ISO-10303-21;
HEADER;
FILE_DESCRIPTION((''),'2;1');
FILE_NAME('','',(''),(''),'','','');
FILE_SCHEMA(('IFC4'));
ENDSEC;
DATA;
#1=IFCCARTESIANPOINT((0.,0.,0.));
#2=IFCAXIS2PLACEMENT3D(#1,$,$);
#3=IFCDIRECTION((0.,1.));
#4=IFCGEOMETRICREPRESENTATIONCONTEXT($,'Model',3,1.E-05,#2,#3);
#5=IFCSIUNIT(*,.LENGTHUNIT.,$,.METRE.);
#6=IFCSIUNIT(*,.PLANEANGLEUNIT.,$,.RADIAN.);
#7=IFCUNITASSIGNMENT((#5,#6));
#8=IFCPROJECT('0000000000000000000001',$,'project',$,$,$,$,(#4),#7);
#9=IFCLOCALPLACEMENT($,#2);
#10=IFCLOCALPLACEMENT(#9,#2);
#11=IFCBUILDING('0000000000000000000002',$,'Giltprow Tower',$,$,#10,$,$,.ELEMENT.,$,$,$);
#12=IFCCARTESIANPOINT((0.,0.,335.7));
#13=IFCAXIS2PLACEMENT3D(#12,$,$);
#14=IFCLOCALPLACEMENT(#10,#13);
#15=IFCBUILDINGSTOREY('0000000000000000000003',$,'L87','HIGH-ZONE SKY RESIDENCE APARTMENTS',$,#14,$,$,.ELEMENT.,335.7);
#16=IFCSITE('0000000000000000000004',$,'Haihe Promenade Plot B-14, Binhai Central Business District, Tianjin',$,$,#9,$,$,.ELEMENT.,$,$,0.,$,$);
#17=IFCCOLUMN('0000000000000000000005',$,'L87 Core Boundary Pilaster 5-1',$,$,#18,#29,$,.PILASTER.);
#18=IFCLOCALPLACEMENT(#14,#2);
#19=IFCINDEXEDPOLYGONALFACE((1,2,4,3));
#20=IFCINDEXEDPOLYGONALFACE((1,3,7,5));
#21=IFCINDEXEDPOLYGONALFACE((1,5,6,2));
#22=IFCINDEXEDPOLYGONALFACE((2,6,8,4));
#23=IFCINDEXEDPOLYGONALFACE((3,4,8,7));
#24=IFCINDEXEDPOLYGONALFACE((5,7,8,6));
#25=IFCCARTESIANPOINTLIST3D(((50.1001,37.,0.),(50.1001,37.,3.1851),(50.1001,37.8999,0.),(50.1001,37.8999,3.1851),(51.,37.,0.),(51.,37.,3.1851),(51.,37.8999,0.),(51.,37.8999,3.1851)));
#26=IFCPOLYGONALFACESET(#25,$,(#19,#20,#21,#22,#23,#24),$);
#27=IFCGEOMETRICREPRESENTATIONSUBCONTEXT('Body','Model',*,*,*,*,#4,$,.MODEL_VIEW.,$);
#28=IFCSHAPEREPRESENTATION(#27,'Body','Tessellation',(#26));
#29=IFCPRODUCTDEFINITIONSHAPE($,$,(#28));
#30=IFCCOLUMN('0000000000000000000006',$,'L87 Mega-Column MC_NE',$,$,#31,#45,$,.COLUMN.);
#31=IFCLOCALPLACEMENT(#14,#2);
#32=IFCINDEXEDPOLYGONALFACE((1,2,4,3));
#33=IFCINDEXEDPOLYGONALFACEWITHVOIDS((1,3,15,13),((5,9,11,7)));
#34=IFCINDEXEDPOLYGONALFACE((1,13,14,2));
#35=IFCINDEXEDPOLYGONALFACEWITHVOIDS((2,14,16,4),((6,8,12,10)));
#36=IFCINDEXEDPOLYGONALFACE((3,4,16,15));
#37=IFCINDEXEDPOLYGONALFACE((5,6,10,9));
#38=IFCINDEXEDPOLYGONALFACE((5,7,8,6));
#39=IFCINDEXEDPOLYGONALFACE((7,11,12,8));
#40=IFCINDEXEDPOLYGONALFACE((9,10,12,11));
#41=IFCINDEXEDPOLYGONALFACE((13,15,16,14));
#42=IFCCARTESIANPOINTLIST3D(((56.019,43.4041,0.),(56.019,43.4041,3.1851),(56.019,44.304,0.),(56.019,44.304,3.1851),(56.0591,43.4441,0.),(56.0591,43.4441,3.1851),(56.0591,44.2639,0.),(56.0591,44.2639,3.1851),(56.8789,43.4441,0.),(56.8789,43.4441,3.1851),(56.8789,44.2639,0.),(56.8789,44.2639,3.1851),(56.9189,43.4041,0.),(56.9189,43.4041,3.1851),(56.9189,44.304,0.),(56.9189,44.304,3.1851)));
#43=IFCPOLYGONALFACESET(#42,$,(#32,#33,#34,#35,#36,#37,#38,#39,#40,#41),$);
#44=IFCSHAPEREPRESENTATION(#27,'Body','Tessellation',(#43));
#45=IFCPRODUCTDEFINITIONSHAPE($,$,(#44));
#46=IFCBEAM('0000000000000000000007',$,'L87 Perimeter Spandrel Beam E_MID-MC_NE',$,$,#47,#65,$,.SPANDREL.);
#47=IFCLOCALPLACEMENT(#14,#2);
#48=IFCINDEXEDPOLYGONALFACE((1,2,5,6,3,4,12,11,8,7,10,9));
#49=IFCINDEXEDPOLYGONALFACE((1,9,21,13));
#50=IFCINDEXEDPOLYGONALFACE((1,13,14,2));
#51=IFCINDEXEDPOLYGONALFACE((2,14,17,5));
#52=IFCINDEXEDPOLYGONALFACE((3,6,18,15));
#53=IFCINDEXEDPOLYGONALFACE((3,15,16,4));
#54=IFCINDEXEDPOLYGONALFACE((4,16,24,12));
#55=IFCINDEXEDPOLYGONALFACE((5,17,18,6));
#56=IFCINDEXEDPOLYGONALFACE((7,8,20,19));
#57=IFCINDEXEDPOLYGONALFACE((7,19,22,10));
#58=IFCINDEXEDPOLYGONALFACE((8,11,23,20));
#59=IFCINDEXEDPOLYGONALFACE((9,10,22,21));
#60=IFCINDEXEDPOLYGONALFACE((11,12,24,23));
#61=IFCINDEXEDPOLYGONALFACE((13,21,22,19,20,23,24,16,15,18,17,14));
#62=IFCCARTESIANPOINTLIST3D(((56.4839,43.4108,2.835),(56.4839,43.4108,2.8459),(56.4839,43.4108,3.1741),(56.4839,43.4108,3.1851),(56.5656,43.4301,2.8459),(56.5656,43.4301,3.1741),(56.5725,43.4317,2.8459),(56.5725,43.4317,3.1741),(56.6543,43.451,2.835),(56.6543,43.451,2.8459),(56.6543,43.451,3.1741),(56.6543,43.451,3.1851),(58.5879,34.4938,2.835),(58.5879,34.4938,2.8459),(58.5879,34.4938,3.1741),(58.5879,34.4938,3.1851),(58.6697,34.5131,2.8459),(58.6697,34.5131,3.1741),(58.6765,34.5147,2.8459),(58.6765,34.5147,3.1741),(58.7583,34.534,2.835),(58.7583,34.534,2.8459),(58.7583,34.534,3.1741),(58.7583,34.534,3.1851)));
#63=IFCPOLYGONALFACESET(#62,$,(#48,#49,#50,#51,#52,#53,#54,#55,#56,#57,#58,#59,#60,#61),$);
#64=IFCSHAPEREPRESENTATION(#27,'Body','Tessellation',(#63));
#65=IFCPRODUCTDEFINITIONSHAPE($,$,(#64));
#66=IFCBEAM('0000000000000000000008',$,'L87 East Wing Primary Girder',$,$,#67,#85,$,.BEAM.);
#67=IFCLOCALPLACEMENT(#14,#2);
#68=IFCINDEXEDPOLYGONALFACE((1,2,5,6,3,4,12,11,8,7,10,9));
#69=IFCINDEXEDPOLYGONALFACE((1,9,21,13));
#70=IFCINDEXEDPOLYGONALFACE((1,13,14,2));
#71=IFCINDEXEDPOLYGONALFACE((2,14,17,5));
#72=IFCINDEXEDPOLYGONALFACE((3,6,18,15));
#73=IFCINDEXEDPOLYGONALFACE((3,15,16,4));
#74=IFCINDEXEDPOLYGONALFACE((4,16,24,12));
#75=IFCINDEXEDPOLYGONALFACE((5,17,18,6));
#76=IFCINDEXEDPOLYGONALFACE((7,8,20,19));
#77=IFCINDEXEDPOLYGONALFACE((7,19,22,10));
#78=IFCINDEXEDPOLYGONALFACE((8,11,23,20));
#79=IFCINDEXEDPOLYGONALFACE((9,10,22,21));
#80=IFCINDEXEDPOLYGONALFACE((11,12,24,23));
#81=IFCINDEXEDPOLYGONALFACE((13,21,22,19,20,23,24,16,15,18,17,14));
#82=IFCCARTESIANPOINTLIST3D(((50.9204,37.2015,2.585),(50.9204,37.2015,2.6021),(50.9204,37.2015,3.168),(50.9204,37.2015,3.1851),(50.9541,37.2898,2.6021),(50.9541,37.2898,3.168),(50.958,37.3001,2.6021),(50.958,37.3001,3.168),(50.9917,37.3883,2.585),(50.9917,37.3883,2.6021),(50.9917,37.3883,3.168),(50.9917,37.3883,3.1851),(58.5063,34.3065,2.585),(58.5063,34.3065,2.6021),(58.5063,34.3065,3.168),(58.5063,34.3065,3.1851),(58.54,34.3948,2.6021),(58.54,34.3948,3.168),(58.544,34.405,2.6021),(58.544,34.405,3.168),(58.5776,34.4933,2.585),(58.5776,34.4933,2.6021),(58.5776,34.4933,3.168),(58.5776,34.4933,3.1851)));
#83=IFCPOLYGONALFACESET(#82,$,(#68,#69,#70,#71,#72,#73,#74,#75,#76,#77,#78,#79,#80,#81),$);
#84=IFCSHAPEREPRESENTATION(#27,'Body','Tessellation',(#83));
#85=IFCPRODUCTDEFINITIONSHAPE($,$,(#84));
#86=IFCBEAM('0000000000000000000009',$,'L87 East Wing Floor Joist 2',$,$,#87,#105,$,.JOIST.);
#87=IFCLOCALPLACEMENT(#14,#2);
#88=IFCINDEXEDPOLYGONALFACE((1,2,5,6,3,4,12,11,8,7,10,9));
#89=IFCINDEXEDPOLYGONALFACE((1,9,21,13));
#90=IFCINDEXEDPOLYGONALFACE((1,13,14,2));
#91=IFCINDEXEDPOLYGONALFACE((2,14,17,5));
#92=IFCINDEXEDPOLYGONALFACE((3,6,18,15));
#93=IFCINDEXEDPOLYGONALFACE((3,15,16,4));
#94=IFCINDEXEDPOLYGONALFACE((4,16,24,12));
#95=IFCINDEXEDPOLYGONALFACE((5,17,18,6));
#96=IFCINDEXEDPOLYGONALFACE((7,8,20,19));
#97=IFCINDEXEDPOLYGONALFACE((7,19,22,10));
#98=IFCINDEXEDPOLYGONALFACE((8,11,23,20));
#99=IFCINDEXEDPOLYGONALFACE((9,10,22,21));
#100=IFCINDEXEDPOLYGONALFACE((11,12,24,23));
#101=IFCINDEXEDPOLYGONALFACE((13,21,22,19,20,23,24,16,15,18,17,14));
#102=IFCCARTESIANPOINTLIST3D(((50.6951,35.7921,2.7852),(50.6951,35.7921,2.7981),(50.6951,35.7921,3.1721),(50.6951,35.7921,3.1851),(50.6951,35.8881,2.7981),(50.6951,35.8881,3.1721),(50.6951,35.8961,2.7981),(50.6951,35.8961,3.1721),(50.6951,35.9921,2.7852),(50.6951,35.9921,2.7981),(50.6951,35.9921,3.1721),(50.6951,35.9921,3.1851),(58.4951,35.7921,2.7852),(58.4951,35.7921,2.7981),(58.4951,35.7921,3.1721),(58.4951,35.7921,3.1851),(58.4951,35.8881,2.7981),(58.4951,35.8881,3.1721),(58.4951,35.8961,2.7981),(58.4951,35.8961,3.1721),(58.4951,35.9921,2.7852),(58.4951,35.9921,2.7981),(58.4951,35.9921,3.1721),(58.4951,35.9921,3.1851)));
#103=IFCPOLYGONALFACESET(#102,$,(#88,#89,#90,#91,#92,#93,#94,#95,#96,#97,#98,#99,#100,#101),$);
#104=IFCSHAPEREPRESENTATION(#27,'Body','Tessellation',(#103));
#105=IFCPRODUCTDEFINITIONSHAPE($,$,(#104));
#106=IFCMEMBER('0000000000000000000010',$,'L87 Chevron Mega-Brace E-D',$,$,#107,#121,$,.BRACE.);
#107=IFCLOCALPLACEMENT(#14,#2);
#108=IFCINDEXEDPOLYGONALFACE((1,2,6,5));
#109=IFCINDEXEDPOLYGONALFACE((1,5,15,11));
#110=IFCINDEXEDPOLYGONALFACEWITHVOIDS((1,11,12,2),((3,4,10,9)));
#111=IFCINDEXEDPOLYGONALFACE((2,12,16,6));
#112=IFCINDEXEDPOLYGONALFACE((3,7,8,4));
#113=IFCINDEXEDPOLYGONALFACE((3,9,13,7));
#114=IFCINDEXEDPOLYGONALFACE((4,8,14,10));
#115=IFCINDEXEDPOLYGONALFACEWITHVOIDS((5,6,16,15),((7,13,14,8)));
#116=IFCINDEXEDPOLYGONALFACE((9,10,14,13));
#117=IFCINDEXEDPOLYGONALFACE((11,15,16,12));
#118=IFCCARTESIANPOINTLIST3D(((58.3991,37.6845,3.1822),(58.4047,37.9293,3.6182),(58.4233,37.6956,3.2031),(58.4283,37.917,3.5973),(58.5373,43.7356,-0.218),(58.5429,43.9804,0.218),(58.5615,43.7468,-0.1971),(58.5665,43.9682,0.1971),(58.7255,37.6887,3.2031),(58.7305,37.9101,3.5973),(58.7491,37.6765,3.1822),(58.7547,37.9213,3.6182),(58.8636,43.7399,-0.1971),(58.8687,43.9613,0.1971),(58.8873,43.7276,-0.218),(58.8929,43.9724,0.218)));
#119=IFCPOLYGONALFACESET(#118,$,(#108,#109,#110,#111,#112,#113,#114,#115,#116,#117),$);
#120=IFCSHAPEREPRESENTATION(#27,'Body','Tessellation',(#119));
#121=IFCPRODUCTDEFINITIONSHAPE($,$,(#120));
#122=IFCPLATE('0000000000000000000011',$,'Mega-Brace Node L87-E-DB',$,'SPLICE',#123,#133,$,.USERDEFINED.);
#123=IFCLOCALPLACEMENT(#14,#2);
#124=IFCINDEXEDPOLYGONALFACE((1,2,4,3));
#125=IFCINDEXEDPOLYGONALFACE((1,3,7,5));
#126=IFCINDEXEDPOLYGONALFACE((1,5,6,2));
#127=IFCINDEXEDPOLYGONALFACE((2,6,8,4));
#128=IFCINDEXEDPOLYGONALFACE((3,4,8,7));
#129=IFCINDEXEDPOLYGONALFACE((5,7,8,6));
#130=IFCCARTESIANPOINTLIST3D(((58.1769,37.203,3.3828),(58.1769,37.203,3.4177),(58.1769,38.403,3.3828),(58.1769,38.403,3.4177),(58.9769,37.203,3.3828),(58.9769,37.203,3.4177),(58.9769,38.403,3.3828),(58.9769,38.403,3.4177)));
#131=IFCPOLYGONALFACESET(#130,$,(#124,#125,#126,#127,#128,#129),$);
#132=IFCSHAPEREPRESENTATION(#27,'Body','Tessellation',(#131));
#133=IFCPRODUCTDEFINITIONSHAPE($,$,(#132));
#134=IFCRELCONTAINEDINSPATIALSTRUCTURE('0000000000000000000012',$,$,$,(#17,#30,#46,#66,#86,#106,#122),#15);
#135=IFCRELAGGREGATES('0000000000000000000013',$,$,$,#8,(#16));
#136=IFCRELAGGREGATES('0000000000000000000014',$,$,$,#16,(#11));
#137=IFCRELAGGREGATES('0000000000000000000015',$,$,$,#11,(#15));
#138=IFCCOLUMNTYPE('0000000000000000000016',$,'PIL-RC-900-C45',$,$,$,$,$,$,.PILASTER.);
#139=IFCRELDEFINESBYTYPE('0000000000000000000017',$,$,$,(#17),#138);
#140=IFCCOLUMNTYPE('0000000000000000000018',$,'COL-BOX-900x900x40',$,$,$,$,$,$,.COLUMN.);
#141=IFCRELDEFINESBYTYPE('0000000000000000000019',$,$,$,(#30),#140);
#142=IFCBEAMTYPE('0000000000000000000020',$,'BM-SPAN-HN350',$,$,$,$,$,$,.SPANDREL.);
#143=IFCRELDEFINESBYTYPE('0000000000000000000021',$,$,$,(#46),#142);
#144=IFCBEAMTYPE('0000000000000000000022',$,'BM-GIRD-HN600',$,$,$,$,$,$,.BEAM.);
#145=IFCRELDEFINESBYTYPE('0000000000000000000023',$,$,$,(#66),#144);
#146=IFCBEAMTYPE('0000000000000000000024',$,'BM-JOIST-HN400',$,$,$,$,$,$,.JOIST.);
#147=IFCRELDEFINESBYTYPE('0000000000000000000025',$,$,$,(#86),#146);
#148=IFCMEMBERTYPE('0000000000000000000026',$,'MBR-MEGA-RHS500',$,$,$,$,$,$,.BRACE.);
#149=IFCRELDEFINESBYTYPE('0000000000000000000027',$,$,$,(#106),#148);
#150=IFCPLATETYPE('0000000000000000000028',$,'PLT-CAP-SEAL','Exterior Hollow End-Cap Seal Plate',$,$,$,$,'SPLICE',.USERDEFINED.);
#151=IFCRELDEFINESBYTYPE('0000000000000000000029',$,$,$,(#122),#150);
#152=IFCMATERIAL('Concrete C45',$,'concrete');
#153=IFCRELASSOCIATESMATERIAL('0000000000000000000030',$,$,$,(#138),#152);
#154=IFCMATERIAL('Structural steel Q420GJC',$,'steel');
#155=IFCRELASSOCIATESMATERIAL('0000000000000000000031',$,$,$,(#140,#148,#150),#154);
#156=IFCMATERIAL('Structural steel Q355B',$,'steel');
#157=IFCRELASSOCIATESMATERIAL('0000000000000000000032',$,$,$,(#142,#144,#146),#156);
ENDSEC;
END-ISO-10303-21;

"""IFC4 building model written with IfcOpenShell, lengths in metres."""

from ifc_helpers import new_model, si_unit, direction, frame, origin, origin_2d, place, context, subcontext, project, spatial, rectangle, hollow_rectangle, i_section, extrude, source, transform, mapped, material, material_profile, profile_set, type_object, element, save


model = new_model("IFC4")

# Units and contexts
model_context = context("Model", 3, precision=1e-05, world=origin(), true_north=direction((0.0, 1.0)))
body_context = subcontext(model_context, "Body", "Model", "MODEL_VIEW")
ifc_project = project(units=[si_unit("LENGTHUNIT", "METRE"), si_unit("PLANEANGLEUNIT", "RADIAN")], contexts=[model_context])

# Site, building, storey
site_placement = place(None, origin())
site = spatial("IfcSite", under=ifc_project, at=site_placement, Name="Haihe Promenade Plot B-14, Binhai Central Business District, Tianjin", CompositionType="ELEMENT", RefElevation=0.0)
building_placement = place(site_placement, origin())
building = spatial("IfcBuilding", under=site, at=building_placement, Name="Giltprow Tower", CompositionType="ELEMENT")
storey_placement = place(building_placement, frame((0.0, 0.0, 335.7)))
storey = spatial("IfcBuildingStorey", under=building, at=storey_placement, Name="L87", Description="HIGH-ZONE SKY RESIDENCE APARTMENTS", CompositionType="ELEMENT", Elevation=335.7)

# Columns
ifc_material_1 = material(Name="Concrete C45", Category="concrete")
ifc_material_profile_1 = material_profile(ifc_material_1, rectangle(XDim=0.8999, YDim=0.8999, at=origin_2d()), Name="RC 900x900")
ifc_profile_set_1 = profile_set([ifc_material_profile_1], Name="Concrete C45")
column_type_1 = type_object("IfcColumnType", Name="PIL-RC-900-C45", PredefinedType="PILASTER", material=ifc_profile_set_1)
shared_shape_1 = source(origin(), body_context, "Body", "SweptSolid", [
    extrude(rectangle(XDim=0.8999, YDim=0.8999, at=origin_2d()), origin(), (0.0, 0.0, 1.0), 3.1851),
])
column_1_placement = place(storey_placement, frame((50.55, 37.45, 0.0), z_axis=(0.0, 0.0, 1.0), x_axis=(1.0, 0.0, 0.0)))
element("IfcColumn", 1, at=column_1_placement, inside=storey, type_object=column_type_1, Name="L87 Core Boundary Pilaster 5-1", PredefinedType="PILASTER", context=body_context, shape_type="MappedRepresentation", body=[
    mapped(shared_shape_1, transform((0.0, 0.0, 0.0), x_axis=(1.0, 0.0, 0.0), y_axis=(0.0, 1.0, 0.0), z_axis=(0.0, 0.0, 1.0), scale=1.0)),
])
ifc_material_2 = material(Name="Structural steel Q420GJC", Category="steel")
ifc_material_profile_2 = material_profile(ifc_material_2, hollow_rectangle(XDim=0.8999, YDim=0.8999, WallThickness=0.04, at=origin_2d()), Name="BOX 900x900x40")
ifc_profile_set_2 = profile_set([ifc_material_profile_2], Name="Structural steel Q420GJC")
column_type_2 = type_object("IfcColumnType", Name="COL-BOX-900x900x40", PredefinedType="COLUMN", material=ifc_profile_set_2)
shared_shape_2 = source(origin(), body_context, "Body", "SweptSolid", [
    extrude(hollow_rectangle(XDim=0.8999, YDim=0.8999, WallThickness=0.04, at=origin_2d()), origin(), (0.0, 0.0, 1.0), 3.1851),
])
column_2_placement = place(storey_placement, frame((56.469, 43.854, 0.0), z_axis=(0.0, 0.0, 1.0), x_axis=(1.0, 0.0, 0.0)))
element("IfcColumn", 2, at=column_2_placement, inside=storey, type_object=column_type_2, Name="L87 Mega-Column MC_NE", PredefinedType="COLUMN", context=body_context, shape_type="MappedRepresentation", body=[
    mapped(shared_shape_2, transform((0.0, 0.0, 0.0), x_axis=(1.0, 0.0, 0.0), y_axis=(0.0, 1.0, 0.0), z_axis=(0.0, 0.0, 1.0), scale=1.0)),
])

# Beams
ifc_material_3 = material(Name="Structural steel Q355B", Category="steel")
ifc_material_profile_3 = material_profile(ifc_material_3, i_section(OverallWidth=0.175, OverallDepth=0.3501, WebThickness=0.0071, FlangeThickness=0.011, at=origin_2d()), Name="HN 350x175x7x11")
ifc_profile_set_3 = profile_set([ifc_material_profile_3], Name="Structural steel Q355B")
beam_type_1 = type_object("IfcBeamType", Name="BM-SPAN-HN350", PredefinedType="SPANDREL", material=ifc_profile_set_3)
shared_shape_3 = source(origin(), body_context, "Body", "SweptSolid", [
    extrude(i_section(OverallWidth=0.175, OverallDepth=0.3501, WebThickness=0.0071, FlangeThickness=0.011, at=origin_2d()), origin(), (0.0, 0.0, 1.0), 9.1619),
])
beam_1_placement = place(storey_placement, frame((58.6731, 34.5139, 3.01), z_axis=(-0.229648, 0.973274, 0.0), x_axis=(-0.973274, -0.229648, 0.0)))
element("IfcBeam", 3, at=beam_1_placement, inside=storey, type_object=beam_type_1, Name="L87 Perimeter Spandrel Beam E_MID-MC_NE", PredefinedType="SPANDREL", context=body_context, shape_type="MappedRepresentation", body=[
    mapped(shared_shape_3, transform((0.0, 0.0, 0.0), x_axis=(1.0, 0.0, 0.0), y_axis=(0.0, 1.0, 0.0), z_axis=(0.0, 0.0, 1.0), scale=1.0)),
])
ifc_material_profile_4 = material_profile(ifc_material_3, i_section(OverallWidth=0.2, OverallDepth=0.6001, WebThickness=0.011, FlangeThickness=0.0171, at=origin_2d()), Name="HN 600x200x11x17")
ifc_profile_set_4 = profile_set([ifc_material_profile_4], Name="Structural steel Q355B")
beam_type_2 = type_object("IfcBeamType", Name="BM-GIRD-HN600", PredefinedType="BEAM", material=ifc_profile_set_4)
shared_shape_4 = source(origin(), body_context, "Body", "SweptSolid", [
    extrude(i_section(OverallWidth=0.2, OverallDepth=0.6001, WebThickness=0.011, FlangeThickness=0.0171, at=origin_2d()), origin(), (0.0, 0.0, 1.0), 8.1196),
])
beam_2_placement = place(storey_placement, frame((58.542, 34.3999, 2.885), z_axis=(-0.934277, 0.356548, 0.0), x_axis=(-0.356548, -0.934277, 0.0)))
element("IfcBeam", 4, at=beam_2_placement, inside=storey, type_object=beam_type_2, Name="L87 East Wing Primary Girder", PredefinedType="BEAM", context=body_context, shape_type="MappedRepresentation", body=[
    mapped(shared_shape_4, transform((0.0, 0.0, 0.0), x_axis=(1.0, 0.0, 0.0), y_axis=(0.0, 1.0, 0.0), z_axis=(0.0, 0.0, 1.0), scale=1.0)),
])
ifc_material_profile_5 = material_profile(ifc_material_3, i_section(OverallWidth=0.2, OverallDepth=0.3999, WebThickness=0.0081, FlangeThickness=0.0129, at=origin_2d()), Name="HN 400x200x8x13")
ifc_profile_set_5 = profile_set([ifc_material_profile_5], Name="Structural steel Q355B")
beam_type_3 = type_object("IfcBeamType", Name="BM-JOIST-HN400", PredefinedType="JOIST", material=ifc_profile_set_5)
shared_shape_5 = source(origin(), body_context, "Body", "SweptSolid", [
    extrude(i_section(OverallWidth=0.2, OverallDepth=0.3999, WebThickness=0.0081, FlangeThickness=0.0129, at=origin_2d()), origin(), (0.0, 0.0, 1.0), 7.8),
])
beam_3_placement = place(storey_placement, frame((50.6951, 35.8921, 2.9851), z_axis=(1.0, 0.0, 0.0), x_axis=(0.0, 1.0, 0.0)))
element("IfcBeam", 5, at=beam_3_placement, inside=storey, type_object=beam_type_3, Name="L87 East Wing Floor Joist 2", PredefinedType="JOIST", context=body_context, shape_type="MappedRepresentation", body=[
    mapped(shared_shape_5, transform((0.0, 0.0, 0.0), x_axis=(1.0, 0.0, 0.0), y_axis=(0.0, 1.0, 0.0), z_axis=(0.0, 0.0, 1.0), scale=1.0)),
])

# Member
ifc_material_profile_6 = material_profile(ifc_material_2, hollow_rectangle(XDim=0.3501, YDim=0.5, WallThickness=0.0239, at=origin_2d()), Name="RHS 500x350x24")
ifc_profile_set_6 = profile_set([ifc_material_profile_6], Name="Structural steel Q420GJC")
member_type = type_object("IfcMemberType", Name="MBR-MEGA-RHS500", PredefinedType="BRACE", material=ifc_profile_set_6)
shared_shape_6 = source(origin(), body_context, "Body", "SweptSolid", [
    extrude(hollow_rectangle(XDim=0.3501, YDim=0.5, WallThickness=0.0239, at=origin_2d()), origin(), (0.0, 0.0, 1.0), 6.9424),
])
member_placement = place(storey_placement, frame((58.7151, 43.854, 0.0), z_axis=(-0.019905, -0.871622, 0.489775), x_axis=(0.999739, -0.02283, 0.0)))
element("IfcMember", 6, at=member_placement, inside=storey, type_object=member_type, Name="L87 Chevron Mega-Brace E-D", PredefinedType="BRACE", context=body_context, shape_type="MappedRepresentation", body=[
    mapped(shared_shape_6, transform((0.0, 0.0, 0.0), x_axis=(1.0, 0.0, 0.0), y_axis=(0.0, 1.0, 0.0), z_axis=(0.0, 0.0, 1.0), scale=1.0)),
])

# Plate
plate_type = type_object("IfcPlateType", Name="PLT-CAP-SEAL", Description="Exterior Hollow End-Cap Seal Plate", ElementType="SPLICE", PredefinedType="USERDEFINED", material=ifc_material_2)
shared_shape_7 = source(origin(), body_context, "Body", "SweptSolid", [
    extrude(rectangle(XDim=1.2, YDim=0.8, at=origin_2d()), origin(), (0.0, 0.0, 1.0), 0.0349),
])
plate_placement = place(storey_placement, frame((58.5769, 37.803, 3.3828), z_axis=(0.0, 0.0, 1.0), x_axis=(0.0, 1.0, 0.0)))
element("IfcPlate", 7, at=plate_placement, inside=storey, type_object=plate_type, Name="Mega-Brace Node L87-E-DB", ObjectType="SPLICE", PredefinedType="USERDEFINED", context=body_context, shape_type="MappedRepresentation", body=[
    mapped(shared_shape_7, transform((0.0, 0.0, 0.0), x_axis=(1.0, 0.0, 0.0), y_axis=(0.0, 1.0, 0.0), z_axis=(0.0, 0.0, 1.0), scale=1.0)),
])

save(model, "model.ifc")
